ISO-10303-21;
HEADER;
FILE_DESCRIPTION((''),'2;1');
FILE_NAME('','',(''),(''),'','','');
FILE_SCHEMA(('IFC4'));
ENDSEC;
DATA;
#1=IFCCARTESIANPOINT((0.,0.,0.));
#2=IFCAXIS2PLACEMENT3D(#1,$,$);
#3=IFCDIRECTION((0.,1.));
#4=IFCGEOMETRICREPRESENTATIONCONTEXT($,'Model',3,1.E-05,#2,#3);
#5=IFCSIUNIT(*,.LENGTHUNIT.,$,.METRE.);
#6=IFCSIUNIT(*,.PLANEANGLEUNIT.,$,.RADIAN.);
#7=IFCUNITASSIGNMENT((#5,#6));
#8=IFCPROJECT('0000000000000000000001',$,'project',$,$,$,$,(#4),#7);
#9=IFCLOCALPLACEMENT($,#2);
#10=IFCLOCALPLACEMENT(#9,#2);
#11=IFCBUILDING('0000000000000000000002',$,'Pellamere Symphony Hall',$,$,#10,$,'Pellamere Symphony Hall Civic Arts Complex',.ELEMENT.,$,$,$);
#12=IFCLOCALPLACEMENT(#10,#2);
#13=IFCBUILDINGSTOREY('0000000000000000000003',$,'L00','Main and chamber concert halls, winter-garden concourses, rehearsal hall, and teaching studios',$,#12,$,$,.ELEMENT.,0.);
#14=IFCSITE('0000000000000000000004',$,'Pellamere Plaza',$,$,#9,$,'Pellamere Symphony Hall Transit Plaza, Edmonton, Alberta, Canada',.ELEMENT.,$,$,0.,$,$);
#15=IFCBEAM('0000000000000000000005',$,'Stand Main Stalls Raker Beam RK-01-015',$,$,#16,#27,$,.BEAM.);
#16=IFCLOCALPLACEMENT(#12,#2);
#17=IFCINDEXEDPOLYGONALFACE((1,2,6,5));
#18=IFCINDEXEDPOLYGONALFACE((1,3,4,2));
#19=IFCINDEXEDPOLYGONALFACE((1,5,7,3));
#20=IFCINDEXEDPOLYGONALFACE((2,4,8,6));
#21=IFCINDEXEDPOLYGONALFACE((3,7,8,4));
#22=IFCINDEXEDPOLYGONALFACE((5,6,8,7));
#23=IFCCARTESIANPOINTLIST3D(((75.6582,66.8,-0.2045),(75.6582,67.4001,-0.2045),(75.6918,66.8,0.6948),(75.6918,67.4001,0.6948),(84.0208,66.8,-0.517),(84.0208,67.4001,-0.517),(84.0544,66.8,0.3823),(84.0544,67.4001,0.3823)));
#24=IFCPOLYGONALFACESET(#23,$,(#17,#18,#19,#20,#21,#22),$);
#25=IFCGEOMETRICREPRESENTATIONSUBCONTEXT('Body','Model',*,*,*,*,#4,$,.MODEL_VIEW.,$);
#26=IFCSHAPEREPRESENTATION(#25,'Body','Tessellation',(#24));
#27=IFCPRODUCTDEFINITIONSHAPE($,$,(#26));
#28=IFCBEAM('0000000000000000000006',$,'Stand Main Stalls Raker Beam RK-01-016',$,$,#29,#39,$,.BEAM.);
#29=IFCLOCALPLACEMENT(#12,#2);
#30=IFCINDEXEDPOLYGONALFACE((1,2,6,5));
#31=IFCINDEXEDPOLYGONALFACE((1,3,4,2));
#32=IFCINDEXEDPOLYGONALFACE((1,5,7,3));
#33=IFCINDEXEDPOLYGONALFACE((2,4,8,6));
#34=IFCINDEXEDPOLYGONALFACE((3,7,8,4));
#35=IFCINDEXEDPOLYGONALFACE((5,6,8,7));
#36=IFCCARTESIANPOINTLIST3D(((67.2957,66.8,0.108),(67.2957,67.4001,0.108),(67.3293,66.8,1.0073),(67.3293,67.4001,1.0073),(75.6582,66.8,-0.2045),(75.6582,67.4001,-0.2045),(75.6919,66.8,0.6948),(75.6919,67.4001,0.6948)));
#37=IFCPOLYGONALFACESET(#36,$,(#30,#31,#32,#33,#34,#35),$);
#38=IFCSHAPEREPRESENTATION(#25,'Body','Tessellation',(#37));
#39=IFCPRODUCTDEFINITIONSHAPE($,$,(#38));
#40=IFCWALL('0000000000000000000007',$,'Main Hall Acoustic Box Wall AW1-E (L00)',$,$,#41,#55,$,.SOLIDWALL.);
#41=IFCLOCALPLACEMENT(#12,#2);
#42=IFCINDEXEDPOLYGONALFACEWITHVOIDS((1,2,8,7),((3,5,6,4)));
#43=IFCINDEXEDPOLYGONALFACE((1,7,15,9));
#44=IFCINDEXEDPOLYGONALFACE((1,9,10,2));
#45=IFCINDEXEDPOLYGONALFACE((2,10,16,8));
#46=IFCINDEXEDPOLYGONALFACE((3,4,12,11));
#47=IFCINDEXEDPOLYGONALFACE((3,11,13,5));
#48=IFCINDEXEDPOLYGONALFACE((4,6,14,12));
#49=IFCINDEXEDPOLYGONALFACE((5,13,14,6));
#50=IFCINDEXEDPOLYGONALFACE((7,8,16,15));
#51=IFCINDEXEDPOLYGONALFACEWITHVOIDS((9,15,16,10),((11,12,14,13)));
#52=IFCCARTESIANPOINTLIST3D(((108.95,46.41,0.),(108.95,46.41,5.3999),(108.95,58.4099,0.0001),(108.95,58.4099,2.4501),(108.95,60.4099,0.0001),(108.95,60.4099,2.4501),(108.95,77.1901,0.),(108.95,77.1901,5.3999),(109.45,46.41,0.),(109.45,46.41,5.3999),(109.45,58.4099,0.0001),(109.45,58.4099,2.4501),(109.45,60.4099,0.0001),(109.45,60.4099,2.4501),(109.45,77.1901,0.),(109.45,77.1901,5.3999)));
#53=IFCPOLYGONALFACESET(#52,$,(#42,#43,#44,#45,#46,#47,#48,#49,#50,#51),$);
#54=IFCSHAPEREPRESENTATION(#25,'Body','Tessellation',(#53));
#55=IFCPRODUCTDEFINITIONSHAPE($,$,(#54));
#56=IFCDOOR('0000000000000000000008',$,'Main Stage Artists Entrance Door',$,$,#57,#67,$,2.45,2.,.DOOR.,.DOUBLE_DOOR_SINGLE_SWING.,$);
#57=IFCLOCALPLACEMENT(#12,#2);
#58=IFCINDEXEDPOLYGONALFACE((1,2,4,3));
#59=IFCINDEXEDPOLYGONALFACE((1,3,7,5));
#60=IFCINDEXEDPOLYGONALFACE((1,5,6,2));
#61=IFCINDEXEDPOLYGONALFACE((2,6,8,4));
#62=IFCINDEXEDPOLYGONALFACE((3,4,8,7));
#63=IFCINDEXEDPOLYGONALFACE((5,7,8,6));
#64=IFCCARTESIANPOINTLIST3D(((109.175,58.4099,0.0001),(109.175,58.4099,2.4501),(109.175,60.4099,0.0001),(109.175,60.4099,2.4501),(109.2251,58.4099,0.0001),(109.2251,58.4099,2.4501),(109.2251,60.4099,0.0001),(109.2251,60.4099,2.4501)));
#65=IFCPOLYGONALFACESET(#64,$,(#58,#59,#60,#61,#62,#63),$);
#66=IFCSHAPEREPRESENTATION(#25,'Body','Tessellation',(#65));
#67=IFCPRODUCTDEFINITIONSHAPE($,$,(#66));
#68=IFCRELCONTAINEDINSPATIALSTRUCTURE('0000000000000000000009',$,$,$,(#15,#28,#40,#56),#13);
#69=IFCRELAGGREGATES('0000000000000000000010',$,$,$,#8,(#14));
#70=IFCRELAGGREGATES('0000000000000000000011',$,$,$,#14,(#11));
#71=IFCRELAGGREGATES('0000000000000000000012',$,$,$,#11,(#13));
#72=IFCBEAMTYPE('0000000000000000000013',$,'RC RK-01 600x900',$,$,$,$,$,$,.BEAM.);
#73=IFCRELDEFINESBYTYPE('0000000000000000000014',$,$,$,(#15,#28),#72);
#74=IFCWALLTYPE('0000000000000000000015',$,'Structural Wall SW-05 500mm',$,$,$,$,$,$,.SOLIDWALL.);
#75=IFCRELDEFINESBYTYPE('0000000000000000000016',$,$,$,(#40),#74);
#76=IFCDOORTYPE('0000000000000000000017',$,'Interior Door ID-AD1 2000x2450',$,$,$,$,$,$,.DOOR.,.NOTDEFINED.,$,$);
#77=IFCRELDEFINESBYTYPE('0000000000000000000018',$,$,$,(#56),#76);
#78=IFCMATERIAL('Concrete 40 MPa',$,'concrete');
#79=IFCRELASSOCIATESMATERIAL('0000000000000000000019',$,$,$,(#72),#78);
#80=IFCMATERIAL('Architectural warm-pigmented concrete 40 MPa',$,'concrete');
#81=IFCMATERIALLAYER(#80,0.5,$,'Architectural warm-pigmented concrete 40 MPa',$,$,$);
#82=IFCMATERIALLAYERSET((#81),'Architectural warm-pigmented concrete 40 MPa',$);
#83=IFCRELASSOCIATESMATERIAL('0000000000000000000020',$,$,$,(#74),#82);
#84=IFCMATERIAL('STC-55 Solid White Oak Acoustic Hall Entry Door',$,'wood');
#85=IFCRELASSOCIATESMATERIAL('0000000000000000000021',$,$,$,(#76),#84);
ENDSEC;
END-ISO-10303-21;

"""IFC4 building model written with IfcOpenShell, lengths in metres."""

from ifc_helpers import new_model, si_unit, direction, frame, frame_2d, origin, origin_2d, place, context, subcontext, project, spatial, rectangle, extrude, material, layer, layer_set, material_profile, profile_set, type_object, element, fill, save


model = new_model("IFC4")

# Units and contexts
model_context = context("Model", 3, precision=1e-05, world=origin(), true_north=direction((0.0, 1.0)))
body_context = subcontext(model_context, "Body", "Model", "MODEL_VIEW")
ifc_project = project(units=[si_unit("LENGTHUNIT", "METRE"), si_unit("PLANEANGLEUNIT", "RADIAN")], contexts=[model_context])

# Site, building, storey
site_placement = place(None, origin())
site = spatial("IfcSite", under=ifc_project, at=site_placement, Name="Pellamere Plaza", LongName="Pellamere Symphony Hall Transit Plaza, Edmonton, Alberta, Canada", CompositionType="ELEMENT", RefElevation=0.0)
building_placement = place(site_placement, origin())
building = spatial("IfcBuilding", under=site, at=building_placement, Name="Pellamere Symphony Hall", LongName="Pellamere Symphony Hall Civic Arts Complex", CompositionType="ELEMENT")
storey_placement = place(building_placement, origin())
storey = spatial("IfcBuildingStorey", under=building, at=storey_placement, Name="L00", Description="Main and chamber concert halls, winter-garden concourses, rehearsal hall, and teaching studios", CompositionType="ELEMENT", Elevation=0.0)

# Shared definitions
ifc_material_1 = material(Name="Concrete 40 MPa", Category="concrete")

# Beams
ifc_material_profile_1 = material_profile(ifc_material_1, rectangle(XDim=0.6001, YDim=0.8999, at=origin_2d()), Name="RC 600x900")
ifc_profile_set_1 = profile_set([ifc_material_profile_1], Name="Concrete 40 MPa")
beam_type_1 = type_object("IfcBeamType", Name="RC RK-01 600x900", PredefinedType="BEAM", material=ifc_profile_set_1)
for number, where, z_axis, x_axis, name in (
    (1, (84.0376, 67.1001, -0.0674), (-0.999303, 0.0, 0.037343), (0.0, -1.0, 0.0), "Stand Main Stalls Raker Beam RK-01-015"),
    (2, (75.675, 67.1001, 0.2451), (-0.999303, 0.0, 0.037343), (0.0, -1.0, 0.0), "Stand Main Stalls Raker Beam RK-01-016"),
):
    element("IfcBeam", number, at=place(storey_placement, frame(where, z_axis=z_axis, x_axis=x_axis)), inside=storey, type_object=beam_type_1, Name=name, PredefinedType="BEAM", context=body_context, shape_type="SweptSolid", body=[
        extrude(rectangle(XDim=0.6001, YDim=0.8999, at=origin_2d()), origin(), (0.0, 0.0, 1.0), 8.3684),
    ])

# Wall, opening, door
ifc_material_2 = material(Name="Architectural warm-pigmented concrete 40 MPa", Category="concrete")
ifc_layer = layer(ifc_material_2, 0.5, Name="Architectural warm-pigmented concrete 40 MPa")
ifc_layer_set = layer_set([ifc_layer], Name="Architectural warm-pigmented concrete 40 MPa")
wall_type = type_object("IfcWallType", Name="Structural Wall SW-05 500mm", PredefinedType="SOLIDWALL", material=ifc_layer_set)
wall_placement = place(storey_placement, frame((109.2, 46.4099, 0.0), z_axis=(0.0, 0.0, 1.0), x_axis=(0.0, 1.0, 0.0)))
wall = element("IfcWall", 3, at=wall_placement, inside=storey, type_object=wall_type, Name="Main Hall Acoustic Box Wall AW1-E (L00)", PredefinedType="SOLIDWALL", context=body_context, shape_type="SweptSolid", body=[
    extrude(rectangle(XDim=30.78, YDim=0.5, at=frame_2d((15.3901, 0.0))), origin(), (0.0, 0.0, 1.0), 5.3999),
])
opening_placement = place(wall_placement, frame((12.0, 0.0, 0.0)))
opening = element("IfcOpeningElement", 4, at=opening_placement, cuts=wall, PredefinedType="OPENING", context=body_context, shape_type="SweptSolid", body=[
    extrude(rectangle(XDim=2.0, YDim=2.45, at=frame_2d((1.0, 1.2251))), frame((0.0, 0.26, 0.0), z_axis=(0.0, -1.0, 0.0), x_axis=(1.0, 0.0, 0.0)), (0.0, 0.0, 1.0), 0.52),
])
ifc_material_3 = material(Name="STC-55 Solid White Oak Acoustic Hall Entry Door", Category="wood")
door_type = type_object("IfcDoorType", Name="Interior Door ID-AD1 2000x2450", OperationType="NOTDEFINED", PredefinedType="DOOR", material=ifc_material_3)
door_placement = place(opening_placement, origin())
door = element("IfcDoor", 5, at=door_placement, inside=storey, type_object=door_type, Name="Main Stage Artists Entrance Door", OperationType="DOUBLE_DOOR_SINGLE_SWING", OverallHeight=2.45, OverallWidth=2.0, PredefinedType="DOOR", context=body_context, shape_type="SweptSolid", body=[
    extrude(rectangle(XDim=2.0, YDim=2.45, at=frame_2d((1.0, 1.2251))), frame((0.0, 0.0249, 0.0), z_axis=(0.0, -1.0, 0.0), x_axis=(1.0, 0.0, 0.0)), (0.0, 0.0, 1.0), 0.05),
])
fill(opening, door)

save(model, "model.ifc")
